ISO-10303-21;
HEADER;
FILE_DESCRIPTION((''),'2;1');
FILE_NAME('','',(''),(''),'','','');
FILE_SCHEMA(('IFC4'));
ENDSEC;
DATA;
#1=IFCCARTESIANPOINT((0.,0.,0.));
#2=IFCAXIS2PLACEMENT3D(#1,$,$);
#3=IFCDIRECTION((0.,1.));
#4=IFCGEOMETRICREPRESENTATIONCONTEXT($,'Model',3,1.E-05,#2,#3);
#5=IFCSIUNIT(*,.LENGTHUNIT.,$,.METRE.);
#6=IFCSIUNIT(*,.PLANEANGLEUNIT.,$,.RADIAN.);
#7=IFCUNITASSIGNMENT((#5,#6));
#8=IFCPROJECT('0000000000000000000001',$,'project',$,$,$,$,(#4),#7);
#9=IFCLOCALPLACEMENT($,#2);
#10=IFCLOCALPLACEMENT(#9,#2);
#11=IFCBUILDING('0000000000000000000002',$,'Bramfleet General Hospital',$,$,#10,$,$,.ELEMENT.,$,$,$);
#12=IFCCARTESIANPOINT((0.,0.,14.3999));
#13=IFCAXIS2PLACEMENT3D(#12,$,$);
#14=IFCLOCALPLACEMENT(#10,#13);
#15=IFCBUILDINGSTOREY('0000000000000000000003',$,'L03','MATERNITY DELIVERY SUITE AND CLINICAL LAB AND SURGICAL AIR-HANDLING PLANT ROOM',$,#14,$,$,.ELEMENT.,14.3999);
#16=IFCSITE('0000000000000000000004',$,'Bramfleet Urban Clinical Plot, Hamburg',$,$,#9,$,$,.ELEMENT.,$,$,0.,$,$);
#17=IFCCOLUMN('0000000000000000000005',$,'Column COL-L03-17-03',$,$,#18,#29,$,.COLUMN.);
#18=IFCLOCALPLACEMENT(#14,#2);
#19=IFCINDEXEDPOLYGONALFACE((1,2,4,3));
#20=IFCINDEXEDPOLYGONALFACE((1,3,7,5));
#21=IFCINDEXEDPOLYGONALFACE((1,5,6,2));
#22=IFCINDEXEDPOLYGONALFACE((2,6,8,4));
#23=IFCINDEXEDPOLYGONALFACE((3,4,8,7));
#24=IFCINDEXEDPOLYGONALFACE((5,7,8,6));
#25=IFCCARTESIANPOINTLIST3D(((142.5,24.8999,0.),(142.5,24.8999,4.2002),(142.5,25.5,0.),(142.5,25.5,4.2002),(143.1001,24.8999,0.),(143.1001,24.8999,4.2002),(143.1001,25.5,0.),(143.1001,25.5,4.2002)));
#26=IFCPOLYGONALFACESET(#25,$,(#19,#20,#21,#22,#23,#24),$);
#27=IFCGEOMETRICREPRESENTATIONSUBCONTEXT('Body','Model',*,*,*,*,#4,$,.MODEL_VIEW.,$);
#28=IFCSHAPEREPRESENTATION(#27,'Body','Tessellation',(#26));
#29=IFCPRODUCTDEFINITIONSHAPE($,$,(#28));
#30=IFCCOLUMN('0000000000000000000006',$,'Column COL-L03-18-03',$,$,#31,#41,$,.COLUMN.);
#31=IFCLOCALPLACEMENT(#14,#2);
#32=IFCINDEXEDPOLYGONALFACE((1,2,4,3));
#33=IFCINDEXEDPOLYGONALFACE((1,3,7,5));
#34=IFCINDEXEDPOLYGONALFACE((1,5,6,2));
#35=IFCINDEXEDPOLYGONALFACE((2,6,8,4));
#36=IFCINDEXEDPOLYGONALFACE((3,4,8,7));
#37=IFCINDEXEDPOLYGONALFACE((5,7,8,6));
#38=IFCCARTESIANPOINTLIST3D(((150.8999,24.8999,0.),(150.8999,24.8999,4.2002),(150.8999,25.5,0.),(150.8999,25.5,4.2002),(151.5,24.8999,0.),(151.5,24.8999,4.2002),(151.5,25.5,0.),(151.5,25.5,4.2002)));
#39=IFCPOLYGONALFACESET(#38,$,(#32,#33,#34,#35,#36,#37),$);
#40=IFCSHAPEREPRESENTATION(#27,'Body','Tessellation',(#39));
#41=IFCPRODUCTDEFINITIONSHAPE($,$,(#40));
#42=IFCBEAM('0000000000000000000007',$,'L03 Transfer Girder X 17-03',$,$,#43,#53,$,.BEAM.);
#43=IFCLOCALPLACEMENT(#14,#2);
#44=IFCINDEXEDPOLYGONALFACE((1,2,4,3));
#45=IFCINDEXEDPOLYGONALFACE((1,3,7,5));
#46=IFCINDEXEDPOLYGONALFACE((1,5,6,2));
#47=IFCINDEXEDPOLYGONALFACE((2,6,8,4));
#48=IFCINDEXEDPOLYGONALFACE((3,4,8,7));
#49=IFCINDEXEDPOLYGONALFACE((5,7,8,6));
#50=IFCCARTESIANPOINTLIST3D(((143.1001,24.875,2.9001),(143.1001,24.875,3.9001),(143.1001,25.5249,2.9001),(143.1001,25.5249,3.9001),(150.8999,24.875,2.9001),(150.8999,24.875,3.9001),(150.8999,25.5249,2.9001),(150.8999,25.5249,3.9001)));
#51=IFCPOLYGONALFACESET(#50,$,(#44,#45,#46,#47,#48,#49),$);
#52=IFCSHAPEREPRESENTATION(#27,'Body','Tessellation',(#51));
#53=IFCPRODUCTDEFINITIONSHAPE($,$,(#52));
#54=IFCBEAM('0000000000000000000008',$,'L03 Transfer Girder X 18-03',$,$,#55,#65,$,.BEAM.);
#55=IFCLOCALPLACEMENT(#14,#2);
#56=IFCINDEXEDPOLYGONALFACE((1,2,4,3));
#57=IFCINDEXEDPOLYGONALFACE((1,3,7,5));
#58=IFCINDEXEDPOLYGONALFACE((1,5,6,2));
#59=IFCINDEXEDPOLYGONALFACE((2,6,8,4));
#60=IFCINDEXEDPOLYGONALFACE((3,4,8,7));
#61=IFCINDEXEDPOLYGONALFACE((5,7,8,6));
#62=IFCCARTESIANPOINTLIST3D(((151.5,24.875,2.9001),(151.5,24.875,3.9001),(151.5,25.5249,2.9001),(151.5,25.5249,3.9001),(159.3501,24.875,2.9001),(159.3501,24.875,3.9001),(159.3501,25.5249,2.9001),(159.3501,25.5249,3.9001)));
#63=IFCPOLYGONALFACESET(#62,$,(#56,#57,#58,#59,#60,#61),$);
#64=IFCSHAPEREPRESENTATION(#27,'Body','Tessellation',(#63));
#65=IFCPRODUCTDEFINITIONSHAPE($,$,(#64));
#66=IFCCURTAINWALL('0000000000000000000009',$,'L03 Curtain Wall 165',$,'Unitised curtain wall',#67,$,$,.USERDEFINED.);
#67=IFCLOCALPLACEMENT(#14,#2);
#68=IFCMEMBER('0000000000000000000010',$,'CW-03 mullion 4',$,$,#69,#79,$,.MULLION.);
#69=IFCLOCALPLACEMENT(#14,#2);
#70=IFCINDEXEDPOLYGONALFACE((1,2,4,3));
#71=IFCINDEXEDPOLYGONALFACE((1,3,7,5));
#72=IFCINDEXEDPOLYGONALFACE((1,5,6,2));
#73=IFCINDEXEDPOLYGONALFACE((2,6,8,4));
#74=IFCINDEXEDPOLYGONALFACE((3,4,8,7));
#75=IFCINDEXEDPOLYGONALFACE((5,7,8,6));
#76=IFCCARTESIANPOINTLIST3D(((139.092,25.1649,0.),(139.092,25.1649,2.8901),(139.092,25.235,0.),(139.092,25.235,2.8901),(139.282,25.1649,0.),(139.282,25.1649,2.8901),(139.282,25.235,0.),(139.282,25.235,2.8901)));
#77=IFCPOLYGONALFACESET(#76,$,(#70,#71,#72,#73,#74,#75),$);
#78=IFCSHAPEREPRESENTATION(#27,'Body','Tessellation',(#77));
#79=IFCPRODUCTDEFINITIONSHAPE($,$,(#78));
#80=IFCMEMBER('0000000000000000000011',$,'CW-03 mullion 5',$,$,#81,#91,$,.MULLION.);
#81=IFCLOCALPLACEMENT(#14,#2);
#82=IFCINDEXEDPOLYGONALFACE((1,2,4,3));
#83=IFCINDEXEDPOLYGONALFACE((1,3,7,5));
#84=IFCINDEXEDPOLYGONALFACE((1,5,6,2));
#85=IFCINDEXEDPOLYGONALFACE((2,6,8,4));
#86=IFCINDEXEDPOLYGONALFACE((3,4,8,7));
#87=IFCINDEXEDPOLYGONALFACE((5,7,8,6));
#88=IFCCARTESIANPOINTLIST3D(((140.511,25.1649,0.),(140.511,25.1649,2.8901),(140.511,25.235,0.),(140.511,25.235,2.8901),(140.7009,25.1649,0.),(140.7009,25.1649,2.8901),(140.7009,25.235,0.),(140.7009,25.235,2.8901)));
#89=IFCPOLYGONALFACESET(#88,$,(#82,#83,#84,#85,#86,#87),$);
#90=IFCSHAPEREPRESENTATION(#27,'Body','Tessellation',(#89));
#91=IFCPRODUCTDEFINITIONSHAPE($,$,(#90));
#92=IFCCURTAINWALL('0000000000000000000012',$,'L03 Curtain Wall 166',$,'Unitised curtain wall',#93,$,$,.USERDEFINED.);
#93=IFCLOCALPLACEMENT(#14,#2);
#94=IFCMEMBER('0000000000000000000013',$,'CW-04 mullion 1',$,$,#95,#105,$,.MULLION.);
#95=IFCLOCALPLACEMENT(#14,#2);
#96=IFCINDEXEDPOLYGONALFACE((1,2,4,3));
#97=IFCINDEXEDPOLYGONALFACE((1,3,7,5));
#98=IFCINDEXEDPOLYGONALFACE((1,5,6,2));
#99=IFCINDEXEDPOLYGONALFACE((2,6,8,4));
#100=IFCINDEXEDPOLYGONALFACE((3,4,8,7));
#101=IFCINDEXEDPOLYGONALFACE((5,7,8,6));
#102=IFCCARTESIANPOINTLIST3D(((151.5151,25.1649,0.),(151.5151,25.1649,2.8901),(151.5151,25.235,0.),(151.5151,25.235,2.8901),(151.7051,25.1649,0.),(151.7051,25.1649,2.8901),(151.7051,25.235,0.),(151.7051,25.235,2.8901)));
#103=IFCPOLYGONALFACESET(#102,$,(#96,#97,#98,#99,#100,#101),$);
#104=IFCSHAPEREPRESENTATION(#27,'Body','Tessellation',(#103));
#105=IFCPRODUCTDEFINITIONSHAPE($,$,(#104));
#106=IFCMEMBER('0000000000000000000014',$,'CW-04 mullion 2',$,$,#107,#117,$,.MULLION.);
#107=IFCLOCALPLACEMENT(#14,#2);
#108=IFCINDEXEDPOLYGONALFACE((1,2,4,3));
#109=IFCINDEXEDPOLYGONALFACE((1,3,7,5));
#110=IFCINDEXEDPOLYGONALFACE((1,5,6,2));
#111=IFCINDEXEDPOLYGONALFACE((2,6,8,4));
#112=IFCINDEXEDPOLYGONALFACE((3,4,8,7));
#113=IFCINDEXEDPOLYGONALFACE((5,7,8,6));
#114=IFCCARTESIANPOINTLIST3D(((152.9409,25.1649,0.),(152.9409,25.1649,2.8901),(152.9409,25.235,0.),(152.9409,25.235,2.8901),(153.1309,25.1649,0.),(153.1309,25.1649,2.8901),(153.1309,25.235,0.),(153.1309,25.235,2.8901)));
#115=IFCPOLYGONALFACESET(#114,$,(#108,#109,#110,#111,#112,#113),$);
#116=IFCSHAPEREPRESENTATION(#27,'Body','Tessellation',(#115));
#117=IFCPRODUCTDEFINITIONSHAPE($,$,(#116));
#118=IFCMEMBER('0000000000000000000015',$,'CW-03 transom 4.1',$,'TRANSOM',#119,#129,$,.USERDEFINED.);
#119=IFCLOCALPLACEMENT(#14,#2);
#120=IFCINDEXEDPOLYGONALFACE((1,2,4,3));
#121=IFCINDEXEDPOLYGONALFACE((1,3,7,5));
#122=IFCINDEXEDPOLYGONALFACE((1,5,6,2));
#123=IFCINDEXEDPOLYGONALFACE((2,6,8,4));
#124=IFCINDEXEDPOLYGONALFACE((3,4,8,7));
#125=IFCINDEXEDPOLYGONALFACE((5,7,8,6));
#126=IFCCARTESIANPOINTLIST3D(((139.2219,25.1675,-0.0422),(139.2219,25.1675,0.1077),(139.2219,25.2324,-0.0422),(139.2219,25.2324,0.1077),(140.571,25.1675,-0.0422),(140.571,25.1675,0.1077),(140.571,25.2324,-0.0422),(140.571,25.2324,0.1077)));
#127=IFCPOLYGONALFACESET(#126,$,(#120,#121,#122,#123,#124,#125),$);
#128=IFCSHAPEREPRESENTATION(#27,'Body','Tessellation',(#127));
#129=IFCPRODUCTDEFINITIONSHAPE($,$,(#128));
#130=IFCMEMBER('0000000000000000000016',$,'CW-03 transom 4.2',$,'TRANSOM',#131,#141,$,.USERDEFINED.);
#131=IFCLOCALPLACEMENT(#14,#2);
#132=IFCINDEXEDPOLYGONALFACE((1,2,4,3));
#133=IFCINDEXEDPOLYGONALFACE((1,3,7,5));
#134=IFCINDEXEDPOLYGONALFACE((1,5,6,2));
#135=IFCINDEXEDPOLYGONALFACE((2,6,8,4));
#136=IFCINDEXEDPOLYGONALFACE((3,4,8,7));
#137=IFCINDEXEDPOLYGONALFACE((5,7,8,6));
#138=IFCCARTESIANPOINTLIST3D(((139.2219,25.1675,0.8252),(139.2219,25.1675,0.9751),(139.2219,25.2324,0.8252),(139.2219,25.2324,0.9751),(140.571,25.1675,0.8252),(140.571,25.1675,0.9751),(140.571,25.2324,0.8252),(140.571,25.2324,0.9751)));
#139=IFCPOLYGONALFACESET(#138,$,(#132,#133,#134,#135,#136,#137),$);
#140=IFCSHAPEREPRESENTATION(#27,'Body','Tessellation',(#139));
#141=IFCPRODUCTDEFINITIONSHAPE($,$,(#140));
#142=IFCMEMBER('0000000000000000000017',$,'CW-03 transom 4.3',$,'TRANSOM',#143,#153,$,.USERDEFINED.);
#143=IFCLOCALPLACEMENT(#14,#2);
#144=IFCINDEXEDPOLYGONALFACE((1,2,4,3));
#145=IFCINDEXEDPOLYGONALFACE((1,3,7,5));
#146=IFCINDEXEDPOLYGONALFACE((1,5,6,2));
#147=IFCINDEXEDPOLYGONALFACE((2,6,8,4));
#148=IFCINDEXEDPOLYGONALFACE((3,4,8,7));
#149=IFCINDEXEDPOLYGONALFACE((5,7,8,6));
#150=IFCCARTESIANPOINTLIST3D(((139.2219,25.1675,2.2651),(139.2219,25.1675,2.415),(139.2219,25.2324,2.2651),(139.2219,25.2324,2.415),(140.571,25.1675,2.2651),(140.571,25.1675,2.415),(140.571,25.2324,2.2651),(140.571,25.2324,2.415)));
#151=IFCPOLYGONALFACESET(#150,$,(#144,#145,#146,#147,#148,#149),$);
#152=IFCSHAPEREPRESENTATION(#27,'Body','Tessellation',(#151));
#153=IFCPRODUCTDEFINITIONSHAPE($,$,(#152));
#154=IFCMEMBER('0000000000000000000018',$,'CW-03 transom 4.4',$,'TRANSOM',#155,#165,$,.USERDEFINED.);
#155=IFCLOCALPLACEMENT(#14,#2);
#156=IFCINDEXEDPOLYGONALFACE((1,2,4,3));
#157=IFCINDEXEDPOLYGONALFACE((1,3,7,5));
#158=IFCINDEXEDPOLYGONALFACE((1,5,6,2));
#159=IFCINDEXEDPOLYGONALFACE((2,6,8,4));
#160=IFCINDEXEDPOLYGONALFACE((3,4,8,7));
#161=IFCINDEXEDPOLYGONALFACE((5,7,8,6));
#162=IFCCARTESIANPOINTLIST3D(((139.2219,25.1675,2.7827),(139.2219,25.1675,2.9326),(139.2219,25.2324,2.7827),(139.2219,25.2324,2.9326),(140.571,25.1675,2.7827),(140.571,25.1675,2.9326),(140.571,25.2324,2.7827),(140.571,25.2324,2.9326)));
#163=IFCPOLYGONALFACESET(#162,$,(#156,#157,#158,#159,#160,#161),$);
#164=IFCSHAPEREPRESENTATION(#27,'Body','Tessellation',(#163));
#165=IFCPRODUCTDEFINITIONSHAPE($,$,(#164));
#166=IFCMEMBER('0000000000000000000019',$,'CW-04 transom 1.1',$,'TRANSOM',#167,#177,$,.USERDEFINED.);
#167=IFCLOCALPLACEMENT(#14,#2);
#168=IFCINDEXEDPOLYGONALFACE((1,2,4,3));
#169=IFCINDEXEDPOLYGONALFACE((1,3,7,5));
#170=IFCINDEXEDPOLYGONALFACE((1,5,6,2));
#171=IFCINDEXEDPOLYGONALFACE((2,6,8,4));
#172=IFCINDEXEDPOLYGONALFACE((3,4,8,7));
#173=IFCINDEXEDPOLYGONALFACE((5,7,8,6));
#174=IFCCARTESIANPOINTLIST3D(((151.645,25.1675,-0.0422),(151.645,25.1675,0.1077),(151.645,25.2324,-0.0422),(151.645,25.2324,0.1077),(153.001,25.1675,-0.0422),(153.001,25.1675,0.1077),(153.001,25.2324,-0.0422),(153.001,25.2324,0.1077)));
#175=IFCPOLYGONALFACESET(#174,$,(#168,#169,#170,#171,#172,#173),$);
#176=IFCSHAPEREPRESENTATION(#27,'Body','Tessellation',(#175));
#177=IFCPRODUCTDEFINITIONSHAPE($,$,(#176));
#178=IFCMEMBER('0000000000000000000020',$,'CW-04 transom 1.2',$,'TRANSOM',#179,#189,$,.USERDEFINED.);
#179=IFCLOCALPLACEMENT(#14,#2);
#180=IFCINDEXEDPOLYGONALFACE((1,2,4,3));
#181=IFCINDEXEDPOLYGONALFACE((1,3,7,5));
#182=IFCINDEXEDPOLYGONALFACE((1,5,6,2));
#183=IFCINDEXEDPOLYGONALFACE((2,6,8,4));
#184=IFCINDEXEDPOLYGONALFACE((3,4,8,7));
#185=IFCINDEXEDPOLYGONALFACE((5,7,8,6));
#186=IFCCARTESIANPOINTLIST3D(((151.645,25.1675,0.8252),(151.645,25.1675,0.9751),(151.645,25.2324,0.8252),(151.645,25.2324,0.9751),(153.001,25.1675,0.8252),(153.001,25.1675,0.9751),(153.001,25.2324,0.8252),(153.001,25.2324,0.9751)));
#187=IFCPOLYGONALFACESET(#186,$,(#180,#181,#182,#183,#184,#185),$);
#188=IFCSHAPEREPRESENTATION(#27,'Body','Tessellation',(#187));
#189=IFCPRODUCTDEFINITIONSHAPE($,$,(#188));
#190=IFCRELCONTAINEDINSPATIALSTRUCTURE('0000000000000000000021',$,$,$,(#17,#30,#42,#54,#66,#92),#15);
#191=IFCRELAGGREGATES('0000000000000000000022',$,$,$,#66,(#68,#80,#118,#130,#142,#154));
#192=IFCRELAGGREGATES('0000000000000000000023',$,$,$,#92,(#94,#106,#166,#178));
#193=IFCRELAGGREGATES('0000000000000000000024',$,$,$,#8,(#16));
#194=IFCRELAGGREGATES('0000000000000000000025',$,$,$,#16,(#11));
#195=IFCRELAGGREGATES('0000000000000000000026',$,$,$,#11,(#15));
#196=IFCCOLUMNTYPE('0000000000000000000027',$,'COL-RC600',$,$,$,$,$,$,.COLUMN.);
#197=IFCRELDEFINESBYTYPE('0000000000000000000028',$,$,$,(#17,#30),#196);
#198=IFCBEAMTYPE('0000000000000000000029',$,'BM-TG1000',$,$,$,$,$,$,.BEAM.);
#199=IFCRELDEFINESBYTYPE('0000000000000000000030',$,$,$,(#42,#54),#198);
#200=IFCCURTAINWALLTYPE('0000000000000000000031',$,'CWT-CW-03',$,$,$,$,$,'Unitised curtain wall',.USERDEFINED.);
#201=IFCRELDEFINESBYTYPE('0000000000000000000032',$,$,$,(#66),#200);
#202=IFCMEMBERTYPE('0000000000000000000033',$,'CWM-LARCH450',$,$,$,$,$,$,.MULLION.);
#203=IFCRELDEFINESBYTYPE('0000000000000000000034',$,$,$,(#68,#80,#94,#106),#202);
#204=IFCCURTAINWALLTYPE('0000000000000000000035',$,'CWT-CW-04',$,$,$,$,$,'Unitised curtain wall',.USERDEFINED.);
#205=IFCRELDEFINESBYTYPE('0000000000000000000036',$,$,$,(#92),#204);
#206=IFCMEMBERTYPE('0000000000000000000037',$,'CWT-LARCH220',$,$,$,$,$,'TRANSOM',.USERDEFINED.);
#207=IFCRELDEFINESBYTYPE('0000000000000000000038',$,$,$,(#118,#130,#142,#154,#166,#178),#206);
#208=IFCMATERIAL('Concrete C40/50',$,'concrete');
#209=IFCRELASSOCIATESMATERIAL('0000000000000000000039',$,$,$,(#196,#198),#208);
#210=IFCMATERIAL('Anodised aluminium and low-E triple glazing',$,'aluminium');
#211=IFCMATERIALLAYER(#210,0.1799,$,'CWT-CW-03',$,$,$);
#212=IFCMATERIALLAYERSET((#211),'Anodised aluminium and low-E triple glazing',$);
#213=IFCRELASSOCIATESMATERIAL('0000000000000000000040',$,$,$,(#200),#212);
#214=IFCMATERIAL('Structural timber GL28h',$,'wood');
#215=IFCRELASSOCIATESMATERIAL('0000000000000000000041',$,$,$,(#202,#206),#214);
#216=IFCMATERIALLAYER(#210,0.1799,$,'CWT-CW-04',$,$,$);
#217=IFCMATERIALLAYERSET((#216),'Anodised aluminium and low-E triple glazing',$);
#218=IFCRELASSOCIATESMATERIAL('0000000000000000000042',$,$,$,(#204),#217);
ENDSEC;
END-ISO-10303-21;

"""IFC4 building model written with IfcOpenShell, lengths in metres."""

from ifc_helpers import new_model, si_unit, direction, frame, origin, origin_2d, place, context, subcontext, project, spatial, rectangle, extrude, material, layer, layer_set, material_profile, profile_set, type_object, element, aggregate, save


model = new_model("IFC4")

# Units and contexts
model_context = context("Model", 3, precision=1e-05, world=origin(), true_north=direction((0.0, 1.0)))
body_context = subcontext(model_context, "Body", "Model", "MODEL_VIEW")
ifc_project = project(units=[si_unit("LENGTHUNIT", "METRE"), si_unit("PLANEANGLEUNIT", "RADIAN")], contexts=[model_context])

# Site, building, storey
site_placement = place(None, origin())
site = spatial("IfcSite", under=ifc_project, at=site_placement, Name="Bramfleet Urban Clinical Plot, Hamburg", CompositionType="ELEMENT", RefElevation=0.0)
building_placement = place(site_placement, origin())
building = spatial("IfcBuilding", under=site, at=building_placement, Name="Bramfleet General Hospital", CompositionType="ELEMENT")
storey_placement = place(building_placement, frame((0.0, 0.0, 14.3999)))
storey = spatial("IfcBuildingStorey", under=building, at=storey_placement, Name="L03", Description="MATERNITY DELIVERY SUITE AND CLINICAL LAB AND SURGICAL AIR-HANDLING PLANT ROOM", CompositionType="ELEMENT", Elevation=14.3999)

# Columns
ifc_material_1 = material(Name="Concrete C40/50", Category="concrete")
ifc_material_profile_1 = material_profile(ifc_material_1, rectangle(XDim=0.6001, YDim=0.6001, at=origin_2d()), Name="RC COL 600x600")
ifc_profile_set_1 = profile_set([ifc_material_profile_1], Name="Concrete C40/50")
column_type = type_object("IfcColumnType", Name="COL-RC600", PredefinedType="COLUMN", material=ifc_profile_set_1)
for number, where, z_axis, x_axis, name in (
    (1, (142.8, 25.2, 0.0), (0.0, 0.0, 1.0), (1.0, 0.0, 0.0), "Column COL-L03-17-03"),
    (2, (151.2, 25.2, 0.0), (0.0, 0.0, 1.0), (1.0, 0.0, 0.0), "Column COL-L03-18-03"),
):
    element("IfcColumn", number, at=place(storey_placement, frame(where, z_axis=z_axis, x_axis=x_axis)), inside=storey, type_object=column_type, Name=name, PredefinedType="COLUMN", context=body_context, shape_type="SweptSolid", body=[
        extrude(rectangle(XDim=0.6001, YDim=0.6001, at=origin_2d()), origin(), (0.0, 0.0, 1.0), 4.2002),
    ])

# Beams
ifc_material_profile_2 = material_profile(ifc_material_1, rectangle(XDim=0.6499, YDim=1.0, at=origin_2d()), Name="RC TG 1000x650")
ifc_profile_set_2 = profile_set([ifc_material_profile_2], Name="Concrete C40/50")
beam_type = type_object("IfcBeamType", Name="BM-TG1000", PredefinedType="BEAM", material=ifc_profile_set_2)
beam_1_placement = place(storey_placement, frame((143.1001, 25.2, 3.4001), z_axis=(1.0, 0.0, 0.0), x_axis=(0.0, 1.0, 0.0)))
element("IfcBeam", 3, at=beam_1_placement, inside=storey, type_object=beam_type, Name="L03 Transfer Girder X 17-03", PredefinedType="BEAM", context=body_context, shape_type="SweptSolid", body=[
    extrude(rectangle(XDim=0.6499, YDim=1.0, at=origin_2d()), origin(), (0.0, 0.0, 1.0), 7.7998),
])
beam_2_placement = place(storey_placement, frame((151.5, 25.2, 3.4001), z_axis=(1.0, 0.0, 0.0), x_axis=(0.0, 1.0, 0.0)))
element("IfcBeam", 4, at=beam_2_placement, inside=storey, type_object=beam_type, Name="L03 Transfer Girder X 18-03", PredefinedType="BEAM", context=body_context, shape_type="SweptSolid", body=[
    extrude(rectangle(XDim=0.6499, YDim=1.0, at=origin_2d()), origin(), (0.0, 0.0, 1.0), 7.8501),
])

# Curtain walls, members
ifc_material_2 = material(Name="Anodised aluminium and low-E triple glazing", Category="aluminium")
ifc_layer_1 = layer(ifc_material_2, 0.1799, Name="CWT-CW-03")
ifc_layer_set_1 = layer_set([ifc_layer_1], Name="Anodised aluminium and low-E triple glazing")
curtain_wall_type_1 = type_object("IfcCurtainWallType", Name="CWT-CW-03", ElementType="Unitised curtain wall", PredefinedType="USERDEFINED", material=ifc_layer_set_1)
curtain_wall_1_placement = place(storey_placement, origin())
curtain_wall_1 = element("IfcCurtainWall", 5, at=curtain_wall_1_placement, inside=storey, type_object=curtain_wall_type_1, Name="L03 Curtain Wall 165", ObjectType="Unitised curtain wall", PredefinedType="USERDEFINED")
ifc_material_3 = material(Name="Structural timber GL28h", Category="wood")
ifc_material_profile_3 = material_profile(ifc_material_3, rectangle(XDim=0.0701, YDim=0.1899, at=origin_2d()), Name="LARCH 190x70")
ifc_profile_set_3 = profile_set([ifc_material_profile_3], Name="Structural timber GL28h")
member_type_1 = type_object("IfcMemberType", Name="CWM-LARCH450", PredefinedType="MULLION", material=ifc_profile_set_3)
member_1_placement = place(storey_placement, frame((139.187, 25.2, 0.0), z_axis=(0.0, 0.0, 1.0), x_axis=(0.0, 1.0, 0.0)))
member_1 = element("IfcMember", 6, at=member_1_placement, type_object=member_type_1, Name="CW-03 mullion 4", PredefinedType="MULLION", context=body_context, shape_type="SweptSolid", body=[
    extrude(rectangle(XDim=0.0701, YDim=0.1899, at=origin_2d()), origin(), (0.0, 0.0, 1.0), 2.8901),
])
member_2_placement = place(storey_placement, frame((140.606, 25.2, 0.0), z_axis=(0.0, 0.0, 1.0), x_axis=(0.0, 1.0, 0.0)))
member_2 = element("IfcMember", 7, at=member_2_placement, type_object=member_type_1, Name="CW-03 mullion 5", PredefinedType="MULLION", context=body_context, shape_type="SweptSolid", body=[
    extrude(rectangle(XDim=0.0701, YDim=0.1899, at=origin_2d()), origin(), (0.0, 0.0, 1.0), 2.8901),
])
ifc_layer_2 = layer(ifc_material_2, 0.1799, Name="CWT-CW-04")
ifc_layer_set_2 = layer_set([ifc_layer_2], Name="Anodised aluminium and low-E triple glazing")
curtain_wall_type_2 = type_object("IfcCurtainWallType", Name="CWT-CW-04", ElementType="Unitised curtain wall", PredefinedType="USERDEFINED", material=ifc_layer_set_2)
curtain_wall_2_placement = place(storey_placement, origin())
curtain_wall_2 = element("IfcCurtainWall", 8, at=curtain_wall_2_placement, inside=storey, type_object=curtain_wall_type_2, Name="L03 Curtain Wall 166", ObjectType="Unitised curtain wall", PredefinedType="USERDEFINED")
member_3_placement = place(storey_placement, frame((151.6101, 25.2, 0.0), z_axis=(0.0, 0.0, 1.0), x_axis=(0.0, 1.0, 0.0)))
member_3 = element("IfcMember", 9, at=member_3_placement, type_object=member_type_1, Name="CW-04 mullion 1", PredefinedType="MULLION", context=body_context, shape_type="SweptSolid", body=[
    extrude(rectangle(XDim=0.0701, YDim=0.1899, at=origin_2d()), origin(), (0.0, 0.0, 1.0), 2.8901),
])
member_4_placement = place(storey_placement, frame((153.0359, 25.2, 0.0), z_axis=(0.0, 0.0, 1.0), x_axis=(0.0, 1.0, 0.0)))
member_4 = element("IfcMember", 10, at=member_4_placement, type_object=member_type_1, Name="CW-04 mullion 2", PredefinedType="MULLION", context=body_context, shape_type="SweptSolid", body=[
    extrude(rectangle(XDim=0.0701, YDim=0.1899, at=origin_2d()), origin(), (0.0, 0.0, 1.0), 2.8901),
])

# Members
ifc_material_profile_4 = material_profile(ifc_material_3, rectangle(XDim=0.0649, YDim=0.1499, at=origin_2d()), Name="LARCH 150x65")
ifc_profile_set_4 = profile_set([ifc_material_profile_4], Name="Structural timber GL28h")
member_type_2 = type_object("IfcMemberType", Name="CWT-LARCH220", ElementType="TRANSOM", PredefinedType="USERDEFINED", material=ifc_profile_set_4)
member_5_placement = place(storey_placement, frame((139.2219, 25.2, 0.0327), z_axis=(1.0, 0.0, 0.0), x_axis=(0.0, 1.0, 0.0)))
member_5 = element("IfcMember", 11, at=member_5_placement, type_object=member_type_2, Name="CW-03 transom 4.1", ObjectType="TRANSOM", PredefinedType="USERDEFINED", context=body_context, shape_type="SweptSolid", body=[
    extrude(rectangle(XDim=0.0649, YDim=0.1499, at=origin_2d()), origin(), (0.0, 0.0, 1.0), 1.3491),
])
member_6_placement = place(storey_placement, frame((139.2219, 25.2, 0.9001), z_axis=(1.0, 0.0, 0.0), x_axis=(0.0, 1.0, 0.0)))
member_6 = element("IfcMember", 12, at=member_6_placement, type_object=member_type_2, Name="CW-03 transom 4.2", ObjectType="TRANSOM", PredefinedType="USERDEFINED", context=body_context, shape_type="SweptSolid", body=[
    extrude(rectangle(XDim=0.0649, YDim=0.1499, at=origin_2d()), origin(), (0.0, 0.0, 1.0), 1.3491),
])
member_7_placement = place(storey_placement, frame((139.2219, 25.2, 2.3401), z_axis=(1.0, 0.0, 0.0), x_axis=(0.0, 1.0, 0.0)))
member_7 = element("IfcMember", 13, at=member_7_placement, type_object=member_type_2, Name="CW-03 transom 4.3", ObjectType="TRANSOM", PredefinedType="USERDEFINED", context=body_context, shape_type="SweptSolid", body=[
    extrude(rectangle(XDim=0.0649, YDim=0.1499, at=origin_2d()), origin(), (0.0, 0.0, 1.0), 1.3491),
])
member_8_placement = place(storey_placement, frame((139.2219, 25.2, 2.8577), z_axis=(1.0, 0.0, 0.0), x_axis=(0.0, 1.0, 0.0)))
member_8 = element("IfcMember", 14, at=member_8_placement, type_object=member_type_2, Name="CW-03 transom 4.4", ObjectType="TRANSOM", PredefinedType="USERDEFINED", context=body_context, shape_type="SweptSolid", body=[
    extrude(rectangle(XDim=0.0649, YDim=0.1499, at=origin_2d()), origin(), (0.0, 0.0, 1.0), 1.3491),
])
member_9_placement = place(storey_placement, frame((151.645, 25.2, 0.0327), z_axis=(1.0, 0.0, 0.0), x_axis=(0.0, 1.0, 0.0)))
member_9 = element("IfcMember", 15, at=member_9_placement, type_object=member_type_2, Name="CW-04 transom 1.1", ObjectType="TRANSOM", PredefinedType="USERDEFINED", context=body_context, shape_type="SweptSolid", body=[
    extrude(rectangle(XDim=0.0649, YDim=0.1499, at=origin_2d()), origin(), (0.0, 0.0, 1.0), 1.356),
])
member_10_placement = place(storey_placement, frame((151.645, 25.2, 0.9001), z_axis=(1.0, 0.0, 0.0), x_axis=(0.0, 1.0, 0.0)))
member_10 = element("IfcMember", 16, at=member_10_placement, type_object=member_type_2, Name="CW-04 transom 1.2", ObjectType="TRANSOM", PredefinedType="USERDEFINED", context=body_context, shape_type="SweptSolid", body=[
    extrude(rectangle(XDim=0.0649, YDim=0.1499, at=origin_2d()), origin(), (0.0, 0.0, 1.0), 1.356),
])

aggregate(curtain_wall_1, [member_1, member_2, member_5, member_6, member_7, member_8])
aggregate(curtain_wall_2, [member_3, member_4, member_9, member_10])

save(model, "model.ifc")
